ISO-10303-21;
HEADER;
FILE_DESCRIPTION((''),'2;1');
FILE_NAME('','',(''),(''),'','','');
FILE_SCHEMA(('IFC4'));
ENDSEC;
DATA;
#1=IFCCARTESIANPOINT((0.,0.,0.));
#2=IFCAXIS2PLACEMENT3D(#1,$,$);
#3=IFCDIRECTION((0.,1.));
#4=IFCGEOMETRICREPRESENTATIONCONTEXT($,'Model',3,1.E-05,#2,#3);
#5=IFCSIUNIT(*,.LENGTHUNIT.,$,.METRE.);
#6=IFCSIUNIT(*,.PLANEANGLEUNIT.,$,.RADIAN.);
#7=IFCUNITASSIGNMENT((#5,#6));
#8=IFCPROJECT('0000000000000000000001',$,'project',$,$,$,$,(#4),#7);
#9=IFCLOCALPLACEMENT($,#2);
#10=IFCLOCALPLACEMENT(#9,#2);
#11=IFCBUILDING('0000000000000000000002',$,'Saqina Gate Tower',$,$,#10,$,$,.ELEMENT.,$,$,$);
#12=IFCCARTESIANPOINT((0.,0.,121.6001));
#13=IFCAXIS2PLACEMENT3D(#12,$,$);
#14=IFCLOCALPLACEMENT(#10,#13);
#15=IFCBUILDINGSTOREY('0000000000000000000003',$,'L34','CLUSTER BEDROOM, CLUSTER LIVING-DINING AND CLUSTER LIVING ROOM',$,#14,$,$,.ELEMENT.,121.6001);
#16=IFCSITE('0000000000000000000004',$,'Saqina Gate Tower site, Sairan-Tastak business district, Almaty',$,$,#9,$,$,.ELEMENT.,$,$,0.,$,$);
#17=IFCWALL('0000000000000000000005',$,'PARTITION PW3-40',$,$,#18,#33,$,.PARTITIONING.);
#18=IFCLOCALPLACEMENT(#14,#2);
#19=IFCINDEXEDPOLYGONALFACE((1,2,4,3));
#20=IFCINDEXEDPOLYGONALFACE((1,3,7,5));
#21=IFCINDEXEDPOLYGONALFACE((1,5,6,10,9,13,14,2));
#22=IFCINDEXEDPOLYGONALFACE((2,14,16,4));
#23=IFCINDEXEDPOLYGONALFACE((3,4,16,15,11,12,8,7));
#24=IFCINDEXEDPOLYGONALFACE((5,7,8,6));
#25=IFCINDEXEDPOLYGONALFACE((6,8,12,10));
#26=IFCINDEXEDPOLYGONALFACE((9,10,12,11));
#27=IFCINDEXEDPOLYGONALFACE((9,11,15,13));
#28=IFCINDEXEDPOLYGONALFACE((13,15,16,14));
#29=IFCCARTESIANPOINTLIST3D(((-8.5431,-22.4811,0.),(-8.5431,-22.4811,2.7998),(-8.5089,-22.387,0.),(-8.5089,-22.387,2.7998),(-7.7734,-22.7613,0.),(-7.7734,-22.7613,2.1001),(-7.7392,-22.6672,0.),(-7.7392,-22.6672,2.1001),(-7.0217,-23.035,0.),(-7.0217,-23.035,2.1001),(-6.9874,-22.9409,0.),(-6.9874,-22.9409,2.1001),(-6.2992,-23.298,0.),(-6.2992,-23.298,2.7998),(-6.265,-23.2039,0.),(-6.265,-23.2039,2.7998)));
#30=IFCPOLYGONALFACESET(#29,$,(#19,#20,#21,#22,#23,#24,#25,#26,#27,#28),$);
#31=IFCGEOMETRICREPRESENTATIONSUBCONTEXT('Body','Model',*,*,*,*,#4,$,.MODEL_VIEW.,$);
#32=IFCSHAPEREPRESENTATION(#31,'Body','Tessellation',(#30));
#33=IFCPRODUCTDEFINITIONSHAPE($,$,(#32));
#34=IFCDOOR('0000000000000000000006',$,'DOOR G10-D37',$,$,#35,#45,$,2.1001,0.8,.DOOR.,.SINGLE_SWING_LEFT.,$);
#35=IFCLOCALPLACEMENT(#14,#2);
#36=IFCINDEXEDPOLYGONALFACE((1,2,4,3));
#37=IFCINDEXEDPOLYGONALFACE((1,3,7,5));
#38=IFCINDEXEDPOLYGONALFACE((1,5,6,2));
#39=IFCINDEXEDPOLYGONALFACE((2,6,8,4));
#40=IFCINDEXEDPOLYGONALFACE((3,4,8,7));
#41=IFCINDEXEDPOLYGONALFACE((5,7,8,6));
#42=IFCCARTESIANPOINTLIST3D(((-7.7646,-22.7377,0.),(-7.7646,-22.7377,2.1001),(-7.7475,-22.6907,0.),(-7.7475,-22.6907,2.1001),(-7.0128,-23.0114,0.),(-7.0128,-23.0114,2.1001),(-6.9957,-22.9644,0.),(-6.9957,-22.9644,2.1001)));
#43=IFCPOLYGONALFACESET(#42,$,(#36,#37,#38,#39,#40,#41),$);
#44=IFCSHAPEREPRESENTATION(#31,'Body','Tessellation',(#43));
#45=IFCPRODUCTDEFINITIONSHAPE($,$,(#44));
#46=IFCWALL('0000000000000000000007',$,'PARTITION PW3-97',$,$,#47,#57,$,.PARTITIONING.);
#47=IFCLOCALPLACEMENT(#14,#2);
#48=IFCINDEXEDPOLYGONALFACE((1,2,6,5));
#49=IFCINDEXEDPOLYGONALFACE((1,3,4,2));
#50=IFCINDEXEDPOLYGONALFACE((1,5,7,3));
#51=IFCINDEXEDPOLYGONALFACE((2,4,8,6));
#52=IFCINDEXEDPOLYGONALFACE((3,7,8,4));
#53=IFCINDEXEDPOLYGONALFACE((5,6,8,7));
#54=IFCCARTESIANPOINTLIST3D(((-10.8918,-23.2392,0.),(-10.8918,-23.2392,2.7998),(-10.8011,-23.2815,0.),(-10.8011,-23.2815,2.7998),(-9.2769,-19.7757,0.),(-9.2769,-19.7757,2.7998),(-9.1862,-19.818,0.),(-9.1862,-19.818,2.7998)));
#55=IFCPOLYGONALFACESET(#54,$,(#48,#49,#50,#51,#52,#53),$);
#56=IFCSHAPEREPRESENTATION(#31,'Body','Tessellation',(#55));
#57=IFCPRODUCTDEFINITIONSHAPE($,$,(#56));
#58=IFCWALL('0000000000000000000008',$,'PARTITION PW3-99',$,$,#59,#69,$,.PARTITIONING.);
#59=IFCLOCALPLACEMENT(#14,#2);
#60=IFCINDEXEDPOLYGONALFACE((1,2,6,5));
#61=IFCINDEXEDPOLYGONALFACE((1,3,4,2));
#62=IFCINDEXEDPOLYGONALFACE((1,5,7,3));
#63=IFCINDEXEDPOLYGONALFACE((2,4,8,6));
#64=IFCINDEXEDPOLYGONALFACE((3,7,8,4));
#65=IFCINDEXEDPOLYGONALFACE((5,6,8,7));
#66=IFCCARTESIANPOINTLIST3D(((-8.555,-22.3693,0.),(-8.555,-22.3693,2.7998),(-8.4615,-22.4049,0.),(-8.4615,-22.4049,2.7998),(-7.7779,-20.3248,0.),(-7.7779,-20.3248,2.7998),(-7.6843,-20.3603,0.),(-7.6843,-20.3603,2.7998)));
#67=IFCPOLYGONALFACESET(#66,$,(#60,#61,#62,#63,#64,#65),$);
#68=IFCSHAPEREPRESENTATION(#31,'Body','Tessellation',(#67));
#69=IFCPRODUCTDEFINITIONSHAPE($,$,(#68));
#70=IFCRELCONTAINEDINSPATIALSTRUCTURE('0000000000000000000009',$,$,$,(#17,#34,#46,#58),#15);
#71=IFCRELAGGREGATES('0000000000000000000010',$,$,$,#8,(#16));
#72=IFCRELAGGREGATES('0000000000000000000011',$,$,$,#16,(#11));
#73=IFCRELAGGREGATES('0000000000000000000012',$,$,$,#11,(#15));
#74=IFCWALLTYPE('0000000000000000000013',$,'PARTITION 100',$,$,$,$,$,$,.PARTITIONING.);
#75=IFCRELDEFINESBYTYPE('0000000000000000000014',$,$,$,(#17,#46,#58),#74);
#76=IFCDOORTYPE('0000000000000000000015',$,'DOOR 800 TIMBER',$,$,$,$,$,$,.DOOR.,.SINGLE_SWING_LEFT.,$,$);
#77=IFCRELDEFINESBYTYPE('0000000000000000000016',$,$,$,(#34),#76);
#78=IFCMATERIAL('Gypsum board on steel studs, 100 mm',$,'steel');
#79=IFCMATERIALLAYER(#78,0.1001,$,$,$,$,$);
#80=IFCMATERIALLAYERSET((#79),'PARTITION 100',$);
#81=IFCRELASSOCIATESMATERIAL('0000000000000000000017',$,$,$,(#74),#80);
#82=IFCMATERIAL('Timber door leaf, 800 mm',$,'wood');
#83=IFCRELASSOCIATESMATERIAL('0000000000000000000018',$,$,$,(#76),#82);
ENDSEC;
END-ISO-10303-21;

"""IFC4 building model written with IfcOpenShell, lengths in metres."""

from ifc_helpers import new_model, si_unit, direction, frame, frame_2d, origin, place, context, subcontext, project, spatial, rectangle, extrude, material, layer, layer_set, type_object, element, fill, save


model = new_model("IFC4")

# Units and contexts
model_context = context("Model", 3, precision=1e-05, world=origin(), true_north=direction((0.0, 1.0)))
body_context = subcontext(model_context, "Body", "Model", "MODEL_VIEW")
ifc_project = project(units=[si_unit("LENGTHUNIT", "METRE"), si_unit("PLANEANGLEUNIT", "RADIAN")], contexts=[model_context])

# Site, building, storey
site_placement = place(None, origin())
site = spatial("IfcSite", under=ifc_project, at=site_placement, Name="Saqina Gate Tower site, Sairan-Tastak business district, Almaty", CompositionType="ELEMENT", RefElevation=0.0)
building_placement = place(site_placement, origin())
building = spatial("IfcBuilding", under=site, at=building_placement, Name="Saqina Gate Tower", CompositionType="ELEMENT")
storey_placement = place(building_placement, frame((0.0, 0.0, 121.6001)))
storey = spatial("IfcBuildingStorey", under=building, at=storey_placement, Name="L34", Description="CLUSTER BEDROOM, CLUSTER LIVING-DINING AND CLUSTER LIVING ROOM", CompositionType="ELEMENT", Elevation=121.6001)

# Wall, opening, door
ifc_material_1 = material(Name="Gypsum board on steel studs, 100 mm", Category="steel")
ifc_layer_1 = layer(ifc_material_1, 0.1001)
ifc_layer_set_1 = layer_set([ifc_layer_1], Name="PARTITION 100")
wall_type_1 = type_object("IfcWallType", Name="PARTITION 100", PredefinedType="PARTITIONING", material=ifc_layer_set_1)
wall_1_placement = place(storey_placement, frame((-8.5259, -22.4341, 0.0), z_axis=(0.0, 0.0, 1.0), x_axis=(0.939668, -0.342088, 0.0)))
wall_1 = element("IfcWall", 1, at=wall_1_placement, inside=storey, type_object=wall_type_1, Name="PARTITION PW3-40", PredefinedType="PARTITIONING", context=body_context, shape_type="SweptSolid", body=[
    extrude(rectangle(XDim=2.3879, YDim=0.1001, at=frame_2d((1.1938, 0.0))), origin(), (0.0, 0.0, 1.0), 2.7998),
])
opening_1_placement = place(wall_1_placement, frame((0.8191, 0.0, 0.0)))
opening_1 = element("IfcOpeningElement", 2, at=opening_1_placement, cuts=wall_1, PredefinedType="OPENING", context=body_context, shape_type="SweptSolid", body=[
    extrude(rectangle(XDim=0.8, YDim=2.1001, at=frame_2d((0.3999, 1.05))), frame((0.0, 0.062, 0.0), z_axis=(0.0, -1.0, 0.0), x_axis=(1.0, 0.0, 0.0)), (0.0, 0.0, 1.0), 0.124),
])
ifc_material_2 = material(Name="Timber door leaf, 800 mm", Category="wood")
door_type = type_object("IfcDoorType", Name="DOOR 800 TIMBER", OperationType="SINGLE_SWING_LEFT", PredefinedType="DOOR", material=ifc_material_2)
door_placement = place(opening_1_placement, frame((0.8, 0.0, 0.0), z_axis=(0.0, 0.0, 1.0), x_axis=(-1.0, 0.0, 0.0)))
door = element("IfcDoor", 3, at=door_placement, inside=storey, type_object=door_type, Name="DOOR G10-D37", OperationType="SINGLE_SWING_LEFT", OverallHeight=2.1001, OverallWidth=0.8, PredefinedType="DOOR", context=body_context, shape_type="SweptSolid", body=[
    extrude(rectangle(XDim=0.8, YDim=2.1001, at=frame_2d((0.3999, 1.05))), frame((0.0, 0.0249, 0.0), z_axis=(0.0, -1.0, 0.0), x_axis=(1.0, 0.0, 0.0)), (0.0, 0.0, 1.0), 0.05),
])
fill(opening_1, door)

# Walls
wall_2_placement = place(storey_placement, frame((-10.8464, -23.2603, 0.0), z_axis=(0.0, 0.0, 1.0), x_axis=(0.422592, 0.90632, 0.0)))
element("IfcWall", 4, at=wall_2_placement, inside=storey, type_object=wall_type_1, Name="PARTITION PW3-97", PredefinedType="PARTITIONING", context=body_context, shape_type="SweptSolid", body=[
    extrude(rectangle(XDim=3.8215, YDim=0.1001, at=frame_2d((1.9106, 0.0))), origin(), (0.0, 0.0, 1.0), 2.7998),
])
wall_3_placement = place(storey_placement, frame((-8.5083, -22.3872, 0.0), z_axis=(0.0, 0.0, 1.0), x_axis=(0.355304, 0.934751, 0.0)))
element("IfcWall", 5, at=wall_3_placement, inside=storey, type_object=wall_type_1, Name="PARTITION PW3-99", PredefinedType="PARTITIONING", context=body_context, shape_type="SweptSolid", body=[
    extrude(rectangle(XDim=2.1873, YDim=0.1001, at=frame_2d((1.0938, 0.0))), origin(), (0.0, 0.0, 1.0), 2.7998),
])

save(model, "model.ifc")
